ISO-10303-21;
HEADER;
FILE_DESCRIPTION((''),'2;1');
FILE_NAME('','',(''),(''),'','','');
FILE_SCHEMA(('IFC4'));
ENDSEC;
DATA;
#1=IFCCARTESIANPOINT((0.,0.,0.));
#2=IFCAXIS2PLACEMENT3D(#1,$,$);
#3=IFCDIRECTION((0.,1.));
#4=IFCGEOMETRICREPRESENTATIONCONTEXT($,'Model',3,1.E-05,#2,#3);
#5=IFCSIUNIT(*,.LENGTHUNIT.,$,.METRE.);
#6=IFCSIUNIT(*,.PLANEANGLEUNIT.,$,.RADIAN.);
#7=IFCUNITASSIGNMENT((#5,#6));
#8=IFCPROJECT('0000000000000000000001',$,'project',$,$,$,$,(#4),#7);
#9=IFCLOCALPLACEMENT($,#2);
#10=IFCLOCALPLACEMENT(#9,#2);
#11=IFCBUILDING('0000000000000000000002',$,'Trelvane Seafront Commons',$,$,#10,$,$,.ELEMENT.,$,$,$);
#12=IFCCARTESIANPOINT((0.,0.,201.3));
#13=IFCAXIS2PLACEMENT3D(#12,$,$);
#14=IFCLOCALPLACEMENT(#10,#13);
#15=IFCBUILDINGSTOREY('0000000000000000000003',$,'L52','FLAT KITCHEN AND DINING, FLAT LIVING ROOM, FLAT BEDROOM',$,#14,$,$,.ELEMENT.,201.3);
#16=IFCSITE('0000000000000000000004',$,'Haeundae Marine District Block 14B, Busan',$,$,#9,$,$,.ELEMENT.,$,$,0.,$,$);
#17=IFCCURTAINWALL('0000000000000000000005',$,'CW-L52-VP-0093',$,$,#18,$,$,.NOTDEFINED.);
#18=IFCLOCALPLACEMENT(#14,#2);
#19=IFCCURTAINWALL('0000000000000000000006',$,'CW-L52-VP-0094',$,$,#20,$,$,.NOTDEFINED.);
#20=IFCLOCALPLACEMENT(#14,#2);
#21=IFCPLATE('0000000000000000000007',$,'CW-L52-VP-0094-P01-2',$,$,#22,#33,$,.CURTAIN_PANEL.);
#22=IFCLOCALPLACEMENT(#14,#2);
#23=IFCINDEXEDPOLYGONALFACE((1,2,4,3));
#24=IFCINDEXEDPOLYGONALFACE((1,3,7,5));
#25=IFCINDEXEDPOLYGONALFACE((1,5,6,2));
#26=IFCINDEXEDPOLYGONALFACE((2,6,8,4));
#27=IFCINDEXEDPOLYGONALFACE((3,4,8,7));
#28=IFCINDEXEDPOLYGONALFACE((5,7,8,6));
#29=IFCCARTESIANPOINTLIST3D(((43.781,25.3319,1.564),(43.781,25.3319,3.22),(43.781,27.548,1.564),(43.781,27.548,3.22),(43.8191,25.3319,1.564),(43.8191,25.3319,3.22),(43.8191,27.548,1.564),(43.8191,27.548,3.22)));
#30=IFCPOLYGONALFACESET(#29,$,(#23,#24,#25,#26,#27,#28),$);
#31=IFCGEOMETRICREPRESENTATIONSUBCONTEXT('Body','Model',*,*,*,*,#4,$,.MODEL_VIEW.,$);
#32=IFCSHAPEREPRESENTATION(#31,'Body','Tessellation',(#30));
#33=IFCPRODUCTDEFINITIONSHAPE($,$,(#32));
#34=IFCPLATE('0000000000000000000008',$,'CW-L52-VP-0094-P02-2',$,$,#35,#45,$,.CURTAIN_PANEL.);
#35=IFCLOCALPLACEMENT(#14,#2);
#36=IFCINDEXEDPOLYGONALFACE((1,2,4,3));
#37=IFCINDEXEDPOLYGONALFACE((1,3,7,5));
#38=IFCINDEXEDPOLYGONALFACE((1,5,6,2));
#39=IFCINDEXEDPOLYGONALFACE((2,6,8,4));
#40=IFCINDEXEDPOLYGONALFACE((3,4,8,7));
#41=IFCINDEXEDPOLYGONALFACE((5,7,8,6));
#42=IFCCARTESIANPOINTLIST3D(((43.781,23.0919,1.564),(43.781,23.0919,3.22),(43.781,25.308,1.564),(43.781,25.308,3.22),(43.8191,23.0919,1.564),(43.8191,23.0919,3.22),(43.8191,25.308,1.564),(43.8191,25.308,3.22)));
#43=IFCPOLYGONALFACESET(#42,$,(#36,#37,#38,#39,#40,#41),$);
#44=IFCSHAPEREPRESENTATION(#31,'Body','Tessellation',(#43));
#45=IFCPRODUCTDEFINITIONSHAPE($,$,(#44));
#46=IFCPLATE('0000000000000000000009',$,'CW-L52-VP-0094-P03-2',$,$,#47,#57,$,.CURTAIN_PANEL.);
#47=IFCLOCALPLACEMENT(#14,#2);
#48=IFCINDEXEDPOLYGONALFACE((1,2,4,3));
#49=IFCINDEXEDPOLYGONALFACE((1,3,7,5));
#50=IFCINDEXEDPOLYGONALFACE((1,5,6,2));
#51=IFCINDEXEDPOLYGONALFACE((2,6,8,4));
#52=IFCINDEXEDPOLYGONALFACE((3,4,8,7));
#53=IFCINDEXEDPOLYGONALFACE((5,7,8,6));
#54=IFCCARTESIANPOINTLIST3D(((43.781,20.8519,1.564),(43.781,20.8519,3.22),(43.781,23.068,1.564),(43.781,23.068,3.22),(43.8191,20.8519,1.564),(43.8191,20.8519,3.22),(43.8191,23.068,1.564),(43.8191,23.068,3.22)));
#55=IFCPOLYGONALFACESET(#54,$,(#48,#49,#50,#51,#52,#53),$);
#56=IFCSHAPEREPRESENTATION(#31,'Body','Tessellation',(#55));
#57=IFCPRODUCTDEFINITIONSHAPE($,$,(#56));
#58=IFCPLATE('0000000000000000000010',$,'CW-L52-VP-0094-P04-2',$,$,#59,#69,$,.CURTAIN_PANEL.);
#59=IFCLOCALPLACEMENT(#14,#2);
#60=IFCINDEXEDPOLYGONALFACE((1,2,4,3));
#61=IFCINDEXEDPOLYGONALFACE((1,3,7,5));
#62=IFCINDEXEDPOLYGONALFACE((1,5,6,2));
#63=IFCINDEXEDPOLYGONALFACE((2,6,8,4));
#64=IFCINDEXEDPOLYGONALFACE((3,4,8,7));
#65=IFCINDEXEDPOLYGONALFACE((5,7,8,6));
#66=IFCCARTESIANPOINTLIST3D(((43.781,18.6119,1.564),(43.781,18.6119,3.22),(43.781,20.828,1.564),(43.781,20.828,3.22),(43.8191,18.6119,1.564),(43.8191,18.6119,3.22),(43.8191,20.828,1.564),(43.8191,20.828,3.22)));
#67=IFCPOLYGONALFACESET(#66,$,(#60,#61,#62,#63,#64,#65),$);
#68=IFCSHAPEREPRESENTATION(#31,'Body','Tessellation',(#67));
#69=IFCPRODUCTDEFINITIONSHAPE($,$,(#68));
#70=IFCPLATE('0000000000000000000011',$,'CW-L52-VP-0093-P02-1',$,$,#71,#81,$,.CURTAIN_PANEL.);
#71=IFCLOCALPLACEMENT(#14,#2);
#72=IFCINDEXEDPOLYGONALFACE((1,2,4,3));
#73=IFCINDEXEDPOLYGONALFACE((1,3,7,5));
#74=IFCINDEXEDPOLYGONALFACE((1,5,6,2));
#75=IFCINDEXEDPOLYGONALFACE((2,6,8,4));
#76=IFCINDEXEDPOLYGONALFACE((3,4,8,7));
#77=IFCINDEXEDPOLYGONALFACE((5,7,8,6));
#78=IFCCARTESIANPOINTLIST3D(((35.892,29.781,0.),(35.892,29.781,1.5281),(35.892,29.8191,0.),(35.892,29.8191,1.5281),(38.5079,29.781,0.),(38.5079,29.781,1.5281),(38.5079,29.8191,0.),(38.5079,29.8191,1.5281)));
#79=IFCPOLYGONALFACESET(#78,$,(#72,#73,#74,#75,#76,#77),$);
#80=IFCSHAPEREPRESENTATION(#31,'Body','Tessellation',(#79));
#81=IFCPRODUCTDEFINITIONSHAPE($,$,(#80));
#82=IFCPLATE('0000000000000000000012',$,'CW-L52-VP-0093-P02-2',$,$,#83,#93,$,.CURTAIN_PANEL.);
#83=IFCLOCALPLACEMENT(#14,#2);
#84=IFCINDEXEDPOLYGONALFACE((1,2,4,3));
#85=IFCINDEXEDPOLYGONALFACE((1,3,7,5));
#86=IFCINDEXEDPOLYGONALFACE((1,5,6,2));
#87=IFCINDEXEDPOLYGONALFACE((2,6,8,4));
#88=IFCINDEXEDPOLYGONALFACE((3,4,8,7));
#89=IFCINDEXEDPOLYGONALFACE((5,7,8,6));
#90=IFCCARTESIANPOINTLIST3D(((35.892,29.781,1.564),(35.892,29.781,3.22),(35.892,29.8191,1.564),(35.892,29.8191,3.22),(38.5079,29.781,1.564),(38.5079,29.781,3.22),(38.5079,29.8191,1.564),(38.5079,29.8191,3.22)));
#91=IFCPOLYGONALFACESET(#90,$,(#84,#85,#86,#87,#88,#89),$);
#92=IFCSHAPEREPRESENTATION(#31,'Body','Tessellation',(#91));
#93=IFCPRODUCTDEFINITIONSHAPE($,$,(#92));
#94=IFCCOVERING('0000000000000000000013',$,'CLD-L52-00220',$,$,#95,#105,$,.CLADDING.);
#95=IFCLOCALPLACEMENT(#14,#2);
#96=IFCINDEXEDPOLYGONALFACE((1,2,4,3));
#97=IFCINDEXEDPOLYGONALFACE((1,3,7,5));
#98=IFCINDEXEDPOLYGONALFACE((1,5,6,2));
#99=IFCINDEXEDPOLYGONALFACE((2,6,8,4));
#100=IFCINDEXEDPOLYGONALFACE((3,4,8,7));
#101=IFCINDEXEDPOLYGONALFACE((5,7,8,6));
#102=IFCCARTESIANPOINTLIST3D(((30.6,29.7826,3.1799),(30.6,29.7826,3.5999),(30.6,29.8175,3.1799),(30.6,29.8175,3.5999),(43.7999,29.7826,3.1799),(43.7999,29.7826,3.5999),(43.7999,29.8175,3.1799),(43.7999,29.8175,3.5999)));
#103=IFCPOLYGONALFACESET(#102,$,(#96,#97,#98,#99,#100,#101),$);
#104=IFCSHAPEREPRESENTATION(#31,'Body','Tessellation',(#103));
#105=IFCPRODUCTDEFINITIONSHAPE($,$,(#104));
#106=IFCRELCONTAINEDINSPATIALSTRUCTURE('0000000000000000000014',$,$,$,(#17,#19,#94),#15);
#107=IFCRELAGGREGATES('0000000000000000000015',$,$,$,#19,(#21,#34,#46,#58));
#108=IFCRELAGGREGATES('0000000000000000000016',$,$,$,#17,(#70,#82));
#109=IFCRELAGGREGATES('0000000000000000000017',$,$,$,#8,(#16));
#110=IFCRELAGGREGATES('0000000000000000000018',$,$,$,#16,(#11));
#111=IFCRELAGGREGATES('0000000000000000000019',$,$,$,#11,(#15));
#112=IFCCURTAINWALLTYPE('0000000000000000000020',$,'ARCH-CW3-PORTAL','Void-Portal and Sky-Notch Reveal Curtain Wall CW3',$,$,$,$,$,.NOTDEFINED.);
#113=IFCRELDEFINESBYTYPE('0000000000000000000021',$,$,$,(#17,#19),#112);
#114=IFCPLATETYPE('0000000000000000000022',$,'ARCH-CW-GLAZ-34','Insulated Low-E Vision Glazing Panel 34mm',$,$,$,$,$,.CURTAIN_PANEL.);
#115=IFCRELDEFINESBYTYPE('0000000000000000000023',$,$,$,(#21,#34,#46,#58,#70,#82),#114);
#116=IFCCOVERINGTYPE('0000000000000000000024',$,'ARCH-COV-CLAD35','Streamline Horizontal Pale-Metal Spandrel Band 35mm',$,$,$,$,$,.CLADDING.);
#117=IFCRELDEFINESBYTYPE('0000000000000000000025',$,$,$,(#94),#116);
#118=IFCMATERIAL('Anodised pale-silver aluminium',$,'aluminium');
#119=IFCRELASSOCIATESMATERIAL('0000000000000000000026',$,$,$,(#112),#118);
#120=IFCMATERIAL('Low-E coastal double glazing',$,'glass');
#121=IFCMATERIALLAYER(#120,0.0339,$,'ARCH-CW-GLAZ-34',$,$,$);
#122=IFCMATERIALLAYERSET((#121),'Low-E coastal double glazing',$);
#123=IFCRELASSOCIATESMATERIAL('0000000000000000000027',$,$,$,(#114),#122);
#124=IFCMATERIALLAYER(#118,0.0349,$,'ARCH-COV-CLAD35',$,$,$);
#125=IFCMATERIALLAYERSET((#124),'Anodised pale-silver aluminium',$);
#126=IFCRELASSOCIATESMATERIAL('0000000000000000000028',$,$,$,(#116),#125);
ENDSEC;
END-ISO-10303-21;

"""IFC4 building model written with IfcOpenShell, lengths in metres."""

from ifc_helpers import new_model, si_unit, direction, frame, origin, origin_2d, place, context, subcontext, project, spatial, rectangle, extrude, source, transform, mapped, material, layer, layer_set, type_object, element, aggregate, save


model = new_model("IFC4")

# Units and contexts
model_context = context("Model", 3, precision=1e-05, world=origin(), true_north=direction((0.0, 1.0)))
body_context = subcontext(model_context, "Body", "Model", "MODEL_VIEW")
ifc_project = project(units=[si_unit("LENGTHUNIT", "METRE"), si_unit("PLANEANGLEUNIT", "RADIAN")], contexts=[model_context])

# Site, building, storey
site_placement = place(None, origin())
site = spatial("IfcSite", under=ifc_project, at=site_placement, Name="Haeundae Marine District Block 14B, Busan", CompositionType="ELEMENT", RefElevation=0.0)
building_placement = place(site_placement, origin())
building = spatial("IfcBuilding", under=site, at=building_placement, Name="Trelvane Seafront Commons", CompositionType="ELEMENT")
storey_placement = place(building_placement, frame((0.0, 0.0, 201.3)))
storey = spatial("IfcBuildingStorey", under=building, at=storey_placement, Name="L52", Description="FLAT KITCHEN AND DINING, FLAT LIVING ROOM, FLAT BEDROOM", CompositionType="ELEMENT", Elevation=201.3)

# Curtain wall
ifc_material_1 = material(Name="Anodised pale-silver aluminium", Category="aluminium")
curtain_wall_type = type_object("IfcCurtainWallType", Name="ARCH-CW3-PORTAL", Description="Void-Portal and Sky-Notch Reveal Curtain Wall CW3", PredefinedType="NOTDEFINED", material=ifc_material_1)
curtain_wall_1_placement = place(storey_placement, origin())
curtain_wall_1 = element("IfcCurtainWall", 1, at=curtain_wall_1_placement, inside=storey, type_object=curtain_wall_type, Name="CW-L52-VP-0093", PredefinedType="NOTDEFINED")

# Curtain wall
curtain_wall_2_placement = place(storey_placement, origin())
curtain_wall_2 = element("IfcCurtainWall", 2, at=curtain_wall_2_placement, inside=storey, type_object=curtain_wall_type, Name="CW-L52-VP-0094", PredefinedType="NOTDEFINED")

# Plates
ifc_material_2 = material(Name="Low-E coastal double glazing", Category="glass")
ifc_layer_1 = layer(ifc_material_2, 0.0339, Name="ARCH-CW-GLAZ-34")
ifc_layer_set_1 = layer_set([ifc_layer_1], Name="Low-E coastal double glazing")
plate_type = type_object("IfcPlateType", Name="ARCH-CW-GLAZ-34", Description="Insulated Low-E Vision Glazing Panel 34mm", PredefinedType="CURTAIN_PANEL", material=ifc_layer_set_1)
shared_shape_1 = source(origin(), body_context, "Body", "SweptSolid", [
    extrude(rectangle(XDim=2.2161, YDim=0.0381, at=origin_2d()), origin(), (0.0, 0.0, 1.0), 1.656),
])
plate_1_placement = place(storey_placement, frame((43.8, 26.4399, 1.564), z_axis=(0.0, 0.0, 1.0), x_axis=(0.0, -1.0, 0.0)))
plate_1 = element("IfcPlate", 3, at=plate_1_placement, type_object=plate_type, Name="CW-L52-VP-0094-P01-2", PredefinedType="CURTAIN_PANEL", context=body_context, shape_type="MappedRepresentation", body=[
    mapped(shared_shape_1, transform((0.0, 0.0, 0.0), x_axis=(1.0, 0.0, 0.0), y_axis=(0.0, 1.0, 0.0), z_axis=(0.0, 0.0, 1.0), scale=1.0)),
])
plate_2_placement = place(storey_placement, frame((43.8, 24.2, 1.564), z_axis=(0.0, 0.0, 1.0), x_axis=(0.0, -1.0, 0.0)))
plate_2 = element("IfcPlate", 4, at=plate_2_placement, type_object=plate_type, Name="CW-L52-VP-0094-P02-2", PredefinedType="CURTAIN_PANEL", context=body_context, shape_type="MappedRepresentation", body=[
    mapped(shared_shape_1, transform((0.0, 0.0, 0.0), x_axis=(1.0, 0.0, 0.0), y_axis=(0.0, 1.0, 0.0), z_axis=(0.0, 0.0, 1.0), scale=1.0)),
])
plate_3_placement = place(storey_placement, frame((43.8, 21.96, 1.564), z_axis=(0.0, 0.0, 1.0), x_axis=(0.0, -1.0, 0.0)))
plate_3 = element("IfcPlate", 5, at=plate_3_placement, type_object=plate_type, Name="CW-L52-VP-0094-P03-2", PredefinedType="CURTAIN_PANEL", context=body_context, shape_type="MappedRepresentation", body=[
    mapped(shared_shape_1, transform((0.0, 0.0, 0.0), x_axis=(1.0, 0.0, 0.0), y_axis=(0.0, 1.0, 0.0), z_axis=(0.0, 0.0, 1.0), scale=1.0)),
])
plate_4_placement = place(storey_placement, frame((43.8, 19.72, 1.564), z_axis=(0.0, 0.0, 1.0), x_axis=(0.0, -1.0, 0.0)))
plate_4 = element("IfcPlate", 6, at=plate_4_placement, type_object=plate_type, Name="CW-L52-VP-0094-P04-2", PredefinedType="CURTAIN_PANEL", context=body_context, shape_type="MappedRepresentation", body=[
    mapped(shared_shape_1, transform((0.0, 0.0, 0.0), x_axis=(1.0, 0.0, 0.0), y_axis=(0.0, 1.0, 0.0), z_axis=(0.0, 0.0, 1.0), scale=1.0)),
])
aggregate(curtain_wall_2, [plate_1, plate_2, plate_3, plate_4])
shared_shape_2 = source(origin(), body_context, "Body", "SweptSolid", [
    extrude(rectangle(XDim=2.616, YDim=0.0381, at=origin_2d()), origin(), (0.0, 0.0, 1.0), 1.5281),
])
plate_5_placement = place(storey_placement, frame((37.2, 29.8, 0.0), z_axis=(0.0, 0.0, 1.0), x_axis=(1.0, 0.0, 0.0)))
plate_5 = element("IfcPlate", 7, at=plate_5_placement, type_object=plate_type, Name="CW-L52-VP-0093-P02-1", PredefinedType="CURTAIN_PANEL", context=body_context, shape_type="MappedRepresentation", body=[
    mapped(shared_shape_2, transform((0.0, 0.0, 0.0), x_axis=(1.0, 0.0, 0.0), y_axis=(0.0, 1.0, 0.0), z_axis=(0.0, 0.0, 1.0), scale=1.0)),
])
shared_shape_3 = source(origin(), body_context, "Body", "SweptSolid", [
    extrude(rectangle(XDim=2.616, YDim=0.0381, at=origin_2d()), origin(), (0.0, 0.0, 1.0), 1.656),
])
plate_6_placement = place(storey_placement, frame((37.2, 29.8, 1.564), z_axis=(0.0, 0.0, 1.0), x_axis=(1.0, 0.0, 0.0)))
plate_6 = element("IfcPlate", 8, at=plate_6_placement, type_object=plate_type, Name="CW-L52-VP-0093-P02-2", PredefinedType="CURTAIN_PANEL", context=body_context, shape_type="MappedRepresentation", body=[
    mapped(shared_shape_3, transform((0.0, 0.0, 0.0), x_axis=(1.0, 0.0, 0.0), y_axis=(0.0, 1.0, 0.0), z_axis=(0.0, 0.0, 1.0), scale=1.0)),
])
aggregate(curtain_wall_1, [plate_5, plate_6])

# Covering
ifc_layer_2 = layer(ifc_material_1, 0.0349, Name="ARCH-COV-CLAD35")
ifc_layer_set_2 = layer_set([ifc_layer_2], Name="Anodised pale-silver aluminium")
covering_type = type_object("IfcCoveringType", Name="ARCH-COV-CLAD35", Description="Streamline Horizontal Pale-Metal Spandrel Band 35mm", PredefinedType="CLADDING", material=ifc_layer_set_2)
shared_shape_4 = source(origin(), body_context, "Body", "SweptSolid", [
    extrude(rectangle(XDim=13.2, YDim=0.0349, at=origin_2d()), origin(), (0.0, 0.0, 1.0), 0.4199),
])
covering_placement = place(storey_placement, frame((37.2, 29.8, 3.1799), z_axis=(0.0, 0.0, 1.0), x_axis=(-1.0, 0.0, 0.0)))
element("IfcCovering", 9, at=covering_placement, inside=storey, type_object=covering_type, Name="CLD-L52-00220", PredefinedType="CLADDING", context=body_context, shape_type="MappedRepresentation", body=[
    mapped(shared_shape_4, transform((0.0, 0.0, 0.0), x_axis=(1.0, 0.0, 0.0), y_axis=(0.0, 1.0, 0.0), z_axis=(0.0, 0.0, 1.0), scale=1.0)),
])

save(model, "model.ifc")
